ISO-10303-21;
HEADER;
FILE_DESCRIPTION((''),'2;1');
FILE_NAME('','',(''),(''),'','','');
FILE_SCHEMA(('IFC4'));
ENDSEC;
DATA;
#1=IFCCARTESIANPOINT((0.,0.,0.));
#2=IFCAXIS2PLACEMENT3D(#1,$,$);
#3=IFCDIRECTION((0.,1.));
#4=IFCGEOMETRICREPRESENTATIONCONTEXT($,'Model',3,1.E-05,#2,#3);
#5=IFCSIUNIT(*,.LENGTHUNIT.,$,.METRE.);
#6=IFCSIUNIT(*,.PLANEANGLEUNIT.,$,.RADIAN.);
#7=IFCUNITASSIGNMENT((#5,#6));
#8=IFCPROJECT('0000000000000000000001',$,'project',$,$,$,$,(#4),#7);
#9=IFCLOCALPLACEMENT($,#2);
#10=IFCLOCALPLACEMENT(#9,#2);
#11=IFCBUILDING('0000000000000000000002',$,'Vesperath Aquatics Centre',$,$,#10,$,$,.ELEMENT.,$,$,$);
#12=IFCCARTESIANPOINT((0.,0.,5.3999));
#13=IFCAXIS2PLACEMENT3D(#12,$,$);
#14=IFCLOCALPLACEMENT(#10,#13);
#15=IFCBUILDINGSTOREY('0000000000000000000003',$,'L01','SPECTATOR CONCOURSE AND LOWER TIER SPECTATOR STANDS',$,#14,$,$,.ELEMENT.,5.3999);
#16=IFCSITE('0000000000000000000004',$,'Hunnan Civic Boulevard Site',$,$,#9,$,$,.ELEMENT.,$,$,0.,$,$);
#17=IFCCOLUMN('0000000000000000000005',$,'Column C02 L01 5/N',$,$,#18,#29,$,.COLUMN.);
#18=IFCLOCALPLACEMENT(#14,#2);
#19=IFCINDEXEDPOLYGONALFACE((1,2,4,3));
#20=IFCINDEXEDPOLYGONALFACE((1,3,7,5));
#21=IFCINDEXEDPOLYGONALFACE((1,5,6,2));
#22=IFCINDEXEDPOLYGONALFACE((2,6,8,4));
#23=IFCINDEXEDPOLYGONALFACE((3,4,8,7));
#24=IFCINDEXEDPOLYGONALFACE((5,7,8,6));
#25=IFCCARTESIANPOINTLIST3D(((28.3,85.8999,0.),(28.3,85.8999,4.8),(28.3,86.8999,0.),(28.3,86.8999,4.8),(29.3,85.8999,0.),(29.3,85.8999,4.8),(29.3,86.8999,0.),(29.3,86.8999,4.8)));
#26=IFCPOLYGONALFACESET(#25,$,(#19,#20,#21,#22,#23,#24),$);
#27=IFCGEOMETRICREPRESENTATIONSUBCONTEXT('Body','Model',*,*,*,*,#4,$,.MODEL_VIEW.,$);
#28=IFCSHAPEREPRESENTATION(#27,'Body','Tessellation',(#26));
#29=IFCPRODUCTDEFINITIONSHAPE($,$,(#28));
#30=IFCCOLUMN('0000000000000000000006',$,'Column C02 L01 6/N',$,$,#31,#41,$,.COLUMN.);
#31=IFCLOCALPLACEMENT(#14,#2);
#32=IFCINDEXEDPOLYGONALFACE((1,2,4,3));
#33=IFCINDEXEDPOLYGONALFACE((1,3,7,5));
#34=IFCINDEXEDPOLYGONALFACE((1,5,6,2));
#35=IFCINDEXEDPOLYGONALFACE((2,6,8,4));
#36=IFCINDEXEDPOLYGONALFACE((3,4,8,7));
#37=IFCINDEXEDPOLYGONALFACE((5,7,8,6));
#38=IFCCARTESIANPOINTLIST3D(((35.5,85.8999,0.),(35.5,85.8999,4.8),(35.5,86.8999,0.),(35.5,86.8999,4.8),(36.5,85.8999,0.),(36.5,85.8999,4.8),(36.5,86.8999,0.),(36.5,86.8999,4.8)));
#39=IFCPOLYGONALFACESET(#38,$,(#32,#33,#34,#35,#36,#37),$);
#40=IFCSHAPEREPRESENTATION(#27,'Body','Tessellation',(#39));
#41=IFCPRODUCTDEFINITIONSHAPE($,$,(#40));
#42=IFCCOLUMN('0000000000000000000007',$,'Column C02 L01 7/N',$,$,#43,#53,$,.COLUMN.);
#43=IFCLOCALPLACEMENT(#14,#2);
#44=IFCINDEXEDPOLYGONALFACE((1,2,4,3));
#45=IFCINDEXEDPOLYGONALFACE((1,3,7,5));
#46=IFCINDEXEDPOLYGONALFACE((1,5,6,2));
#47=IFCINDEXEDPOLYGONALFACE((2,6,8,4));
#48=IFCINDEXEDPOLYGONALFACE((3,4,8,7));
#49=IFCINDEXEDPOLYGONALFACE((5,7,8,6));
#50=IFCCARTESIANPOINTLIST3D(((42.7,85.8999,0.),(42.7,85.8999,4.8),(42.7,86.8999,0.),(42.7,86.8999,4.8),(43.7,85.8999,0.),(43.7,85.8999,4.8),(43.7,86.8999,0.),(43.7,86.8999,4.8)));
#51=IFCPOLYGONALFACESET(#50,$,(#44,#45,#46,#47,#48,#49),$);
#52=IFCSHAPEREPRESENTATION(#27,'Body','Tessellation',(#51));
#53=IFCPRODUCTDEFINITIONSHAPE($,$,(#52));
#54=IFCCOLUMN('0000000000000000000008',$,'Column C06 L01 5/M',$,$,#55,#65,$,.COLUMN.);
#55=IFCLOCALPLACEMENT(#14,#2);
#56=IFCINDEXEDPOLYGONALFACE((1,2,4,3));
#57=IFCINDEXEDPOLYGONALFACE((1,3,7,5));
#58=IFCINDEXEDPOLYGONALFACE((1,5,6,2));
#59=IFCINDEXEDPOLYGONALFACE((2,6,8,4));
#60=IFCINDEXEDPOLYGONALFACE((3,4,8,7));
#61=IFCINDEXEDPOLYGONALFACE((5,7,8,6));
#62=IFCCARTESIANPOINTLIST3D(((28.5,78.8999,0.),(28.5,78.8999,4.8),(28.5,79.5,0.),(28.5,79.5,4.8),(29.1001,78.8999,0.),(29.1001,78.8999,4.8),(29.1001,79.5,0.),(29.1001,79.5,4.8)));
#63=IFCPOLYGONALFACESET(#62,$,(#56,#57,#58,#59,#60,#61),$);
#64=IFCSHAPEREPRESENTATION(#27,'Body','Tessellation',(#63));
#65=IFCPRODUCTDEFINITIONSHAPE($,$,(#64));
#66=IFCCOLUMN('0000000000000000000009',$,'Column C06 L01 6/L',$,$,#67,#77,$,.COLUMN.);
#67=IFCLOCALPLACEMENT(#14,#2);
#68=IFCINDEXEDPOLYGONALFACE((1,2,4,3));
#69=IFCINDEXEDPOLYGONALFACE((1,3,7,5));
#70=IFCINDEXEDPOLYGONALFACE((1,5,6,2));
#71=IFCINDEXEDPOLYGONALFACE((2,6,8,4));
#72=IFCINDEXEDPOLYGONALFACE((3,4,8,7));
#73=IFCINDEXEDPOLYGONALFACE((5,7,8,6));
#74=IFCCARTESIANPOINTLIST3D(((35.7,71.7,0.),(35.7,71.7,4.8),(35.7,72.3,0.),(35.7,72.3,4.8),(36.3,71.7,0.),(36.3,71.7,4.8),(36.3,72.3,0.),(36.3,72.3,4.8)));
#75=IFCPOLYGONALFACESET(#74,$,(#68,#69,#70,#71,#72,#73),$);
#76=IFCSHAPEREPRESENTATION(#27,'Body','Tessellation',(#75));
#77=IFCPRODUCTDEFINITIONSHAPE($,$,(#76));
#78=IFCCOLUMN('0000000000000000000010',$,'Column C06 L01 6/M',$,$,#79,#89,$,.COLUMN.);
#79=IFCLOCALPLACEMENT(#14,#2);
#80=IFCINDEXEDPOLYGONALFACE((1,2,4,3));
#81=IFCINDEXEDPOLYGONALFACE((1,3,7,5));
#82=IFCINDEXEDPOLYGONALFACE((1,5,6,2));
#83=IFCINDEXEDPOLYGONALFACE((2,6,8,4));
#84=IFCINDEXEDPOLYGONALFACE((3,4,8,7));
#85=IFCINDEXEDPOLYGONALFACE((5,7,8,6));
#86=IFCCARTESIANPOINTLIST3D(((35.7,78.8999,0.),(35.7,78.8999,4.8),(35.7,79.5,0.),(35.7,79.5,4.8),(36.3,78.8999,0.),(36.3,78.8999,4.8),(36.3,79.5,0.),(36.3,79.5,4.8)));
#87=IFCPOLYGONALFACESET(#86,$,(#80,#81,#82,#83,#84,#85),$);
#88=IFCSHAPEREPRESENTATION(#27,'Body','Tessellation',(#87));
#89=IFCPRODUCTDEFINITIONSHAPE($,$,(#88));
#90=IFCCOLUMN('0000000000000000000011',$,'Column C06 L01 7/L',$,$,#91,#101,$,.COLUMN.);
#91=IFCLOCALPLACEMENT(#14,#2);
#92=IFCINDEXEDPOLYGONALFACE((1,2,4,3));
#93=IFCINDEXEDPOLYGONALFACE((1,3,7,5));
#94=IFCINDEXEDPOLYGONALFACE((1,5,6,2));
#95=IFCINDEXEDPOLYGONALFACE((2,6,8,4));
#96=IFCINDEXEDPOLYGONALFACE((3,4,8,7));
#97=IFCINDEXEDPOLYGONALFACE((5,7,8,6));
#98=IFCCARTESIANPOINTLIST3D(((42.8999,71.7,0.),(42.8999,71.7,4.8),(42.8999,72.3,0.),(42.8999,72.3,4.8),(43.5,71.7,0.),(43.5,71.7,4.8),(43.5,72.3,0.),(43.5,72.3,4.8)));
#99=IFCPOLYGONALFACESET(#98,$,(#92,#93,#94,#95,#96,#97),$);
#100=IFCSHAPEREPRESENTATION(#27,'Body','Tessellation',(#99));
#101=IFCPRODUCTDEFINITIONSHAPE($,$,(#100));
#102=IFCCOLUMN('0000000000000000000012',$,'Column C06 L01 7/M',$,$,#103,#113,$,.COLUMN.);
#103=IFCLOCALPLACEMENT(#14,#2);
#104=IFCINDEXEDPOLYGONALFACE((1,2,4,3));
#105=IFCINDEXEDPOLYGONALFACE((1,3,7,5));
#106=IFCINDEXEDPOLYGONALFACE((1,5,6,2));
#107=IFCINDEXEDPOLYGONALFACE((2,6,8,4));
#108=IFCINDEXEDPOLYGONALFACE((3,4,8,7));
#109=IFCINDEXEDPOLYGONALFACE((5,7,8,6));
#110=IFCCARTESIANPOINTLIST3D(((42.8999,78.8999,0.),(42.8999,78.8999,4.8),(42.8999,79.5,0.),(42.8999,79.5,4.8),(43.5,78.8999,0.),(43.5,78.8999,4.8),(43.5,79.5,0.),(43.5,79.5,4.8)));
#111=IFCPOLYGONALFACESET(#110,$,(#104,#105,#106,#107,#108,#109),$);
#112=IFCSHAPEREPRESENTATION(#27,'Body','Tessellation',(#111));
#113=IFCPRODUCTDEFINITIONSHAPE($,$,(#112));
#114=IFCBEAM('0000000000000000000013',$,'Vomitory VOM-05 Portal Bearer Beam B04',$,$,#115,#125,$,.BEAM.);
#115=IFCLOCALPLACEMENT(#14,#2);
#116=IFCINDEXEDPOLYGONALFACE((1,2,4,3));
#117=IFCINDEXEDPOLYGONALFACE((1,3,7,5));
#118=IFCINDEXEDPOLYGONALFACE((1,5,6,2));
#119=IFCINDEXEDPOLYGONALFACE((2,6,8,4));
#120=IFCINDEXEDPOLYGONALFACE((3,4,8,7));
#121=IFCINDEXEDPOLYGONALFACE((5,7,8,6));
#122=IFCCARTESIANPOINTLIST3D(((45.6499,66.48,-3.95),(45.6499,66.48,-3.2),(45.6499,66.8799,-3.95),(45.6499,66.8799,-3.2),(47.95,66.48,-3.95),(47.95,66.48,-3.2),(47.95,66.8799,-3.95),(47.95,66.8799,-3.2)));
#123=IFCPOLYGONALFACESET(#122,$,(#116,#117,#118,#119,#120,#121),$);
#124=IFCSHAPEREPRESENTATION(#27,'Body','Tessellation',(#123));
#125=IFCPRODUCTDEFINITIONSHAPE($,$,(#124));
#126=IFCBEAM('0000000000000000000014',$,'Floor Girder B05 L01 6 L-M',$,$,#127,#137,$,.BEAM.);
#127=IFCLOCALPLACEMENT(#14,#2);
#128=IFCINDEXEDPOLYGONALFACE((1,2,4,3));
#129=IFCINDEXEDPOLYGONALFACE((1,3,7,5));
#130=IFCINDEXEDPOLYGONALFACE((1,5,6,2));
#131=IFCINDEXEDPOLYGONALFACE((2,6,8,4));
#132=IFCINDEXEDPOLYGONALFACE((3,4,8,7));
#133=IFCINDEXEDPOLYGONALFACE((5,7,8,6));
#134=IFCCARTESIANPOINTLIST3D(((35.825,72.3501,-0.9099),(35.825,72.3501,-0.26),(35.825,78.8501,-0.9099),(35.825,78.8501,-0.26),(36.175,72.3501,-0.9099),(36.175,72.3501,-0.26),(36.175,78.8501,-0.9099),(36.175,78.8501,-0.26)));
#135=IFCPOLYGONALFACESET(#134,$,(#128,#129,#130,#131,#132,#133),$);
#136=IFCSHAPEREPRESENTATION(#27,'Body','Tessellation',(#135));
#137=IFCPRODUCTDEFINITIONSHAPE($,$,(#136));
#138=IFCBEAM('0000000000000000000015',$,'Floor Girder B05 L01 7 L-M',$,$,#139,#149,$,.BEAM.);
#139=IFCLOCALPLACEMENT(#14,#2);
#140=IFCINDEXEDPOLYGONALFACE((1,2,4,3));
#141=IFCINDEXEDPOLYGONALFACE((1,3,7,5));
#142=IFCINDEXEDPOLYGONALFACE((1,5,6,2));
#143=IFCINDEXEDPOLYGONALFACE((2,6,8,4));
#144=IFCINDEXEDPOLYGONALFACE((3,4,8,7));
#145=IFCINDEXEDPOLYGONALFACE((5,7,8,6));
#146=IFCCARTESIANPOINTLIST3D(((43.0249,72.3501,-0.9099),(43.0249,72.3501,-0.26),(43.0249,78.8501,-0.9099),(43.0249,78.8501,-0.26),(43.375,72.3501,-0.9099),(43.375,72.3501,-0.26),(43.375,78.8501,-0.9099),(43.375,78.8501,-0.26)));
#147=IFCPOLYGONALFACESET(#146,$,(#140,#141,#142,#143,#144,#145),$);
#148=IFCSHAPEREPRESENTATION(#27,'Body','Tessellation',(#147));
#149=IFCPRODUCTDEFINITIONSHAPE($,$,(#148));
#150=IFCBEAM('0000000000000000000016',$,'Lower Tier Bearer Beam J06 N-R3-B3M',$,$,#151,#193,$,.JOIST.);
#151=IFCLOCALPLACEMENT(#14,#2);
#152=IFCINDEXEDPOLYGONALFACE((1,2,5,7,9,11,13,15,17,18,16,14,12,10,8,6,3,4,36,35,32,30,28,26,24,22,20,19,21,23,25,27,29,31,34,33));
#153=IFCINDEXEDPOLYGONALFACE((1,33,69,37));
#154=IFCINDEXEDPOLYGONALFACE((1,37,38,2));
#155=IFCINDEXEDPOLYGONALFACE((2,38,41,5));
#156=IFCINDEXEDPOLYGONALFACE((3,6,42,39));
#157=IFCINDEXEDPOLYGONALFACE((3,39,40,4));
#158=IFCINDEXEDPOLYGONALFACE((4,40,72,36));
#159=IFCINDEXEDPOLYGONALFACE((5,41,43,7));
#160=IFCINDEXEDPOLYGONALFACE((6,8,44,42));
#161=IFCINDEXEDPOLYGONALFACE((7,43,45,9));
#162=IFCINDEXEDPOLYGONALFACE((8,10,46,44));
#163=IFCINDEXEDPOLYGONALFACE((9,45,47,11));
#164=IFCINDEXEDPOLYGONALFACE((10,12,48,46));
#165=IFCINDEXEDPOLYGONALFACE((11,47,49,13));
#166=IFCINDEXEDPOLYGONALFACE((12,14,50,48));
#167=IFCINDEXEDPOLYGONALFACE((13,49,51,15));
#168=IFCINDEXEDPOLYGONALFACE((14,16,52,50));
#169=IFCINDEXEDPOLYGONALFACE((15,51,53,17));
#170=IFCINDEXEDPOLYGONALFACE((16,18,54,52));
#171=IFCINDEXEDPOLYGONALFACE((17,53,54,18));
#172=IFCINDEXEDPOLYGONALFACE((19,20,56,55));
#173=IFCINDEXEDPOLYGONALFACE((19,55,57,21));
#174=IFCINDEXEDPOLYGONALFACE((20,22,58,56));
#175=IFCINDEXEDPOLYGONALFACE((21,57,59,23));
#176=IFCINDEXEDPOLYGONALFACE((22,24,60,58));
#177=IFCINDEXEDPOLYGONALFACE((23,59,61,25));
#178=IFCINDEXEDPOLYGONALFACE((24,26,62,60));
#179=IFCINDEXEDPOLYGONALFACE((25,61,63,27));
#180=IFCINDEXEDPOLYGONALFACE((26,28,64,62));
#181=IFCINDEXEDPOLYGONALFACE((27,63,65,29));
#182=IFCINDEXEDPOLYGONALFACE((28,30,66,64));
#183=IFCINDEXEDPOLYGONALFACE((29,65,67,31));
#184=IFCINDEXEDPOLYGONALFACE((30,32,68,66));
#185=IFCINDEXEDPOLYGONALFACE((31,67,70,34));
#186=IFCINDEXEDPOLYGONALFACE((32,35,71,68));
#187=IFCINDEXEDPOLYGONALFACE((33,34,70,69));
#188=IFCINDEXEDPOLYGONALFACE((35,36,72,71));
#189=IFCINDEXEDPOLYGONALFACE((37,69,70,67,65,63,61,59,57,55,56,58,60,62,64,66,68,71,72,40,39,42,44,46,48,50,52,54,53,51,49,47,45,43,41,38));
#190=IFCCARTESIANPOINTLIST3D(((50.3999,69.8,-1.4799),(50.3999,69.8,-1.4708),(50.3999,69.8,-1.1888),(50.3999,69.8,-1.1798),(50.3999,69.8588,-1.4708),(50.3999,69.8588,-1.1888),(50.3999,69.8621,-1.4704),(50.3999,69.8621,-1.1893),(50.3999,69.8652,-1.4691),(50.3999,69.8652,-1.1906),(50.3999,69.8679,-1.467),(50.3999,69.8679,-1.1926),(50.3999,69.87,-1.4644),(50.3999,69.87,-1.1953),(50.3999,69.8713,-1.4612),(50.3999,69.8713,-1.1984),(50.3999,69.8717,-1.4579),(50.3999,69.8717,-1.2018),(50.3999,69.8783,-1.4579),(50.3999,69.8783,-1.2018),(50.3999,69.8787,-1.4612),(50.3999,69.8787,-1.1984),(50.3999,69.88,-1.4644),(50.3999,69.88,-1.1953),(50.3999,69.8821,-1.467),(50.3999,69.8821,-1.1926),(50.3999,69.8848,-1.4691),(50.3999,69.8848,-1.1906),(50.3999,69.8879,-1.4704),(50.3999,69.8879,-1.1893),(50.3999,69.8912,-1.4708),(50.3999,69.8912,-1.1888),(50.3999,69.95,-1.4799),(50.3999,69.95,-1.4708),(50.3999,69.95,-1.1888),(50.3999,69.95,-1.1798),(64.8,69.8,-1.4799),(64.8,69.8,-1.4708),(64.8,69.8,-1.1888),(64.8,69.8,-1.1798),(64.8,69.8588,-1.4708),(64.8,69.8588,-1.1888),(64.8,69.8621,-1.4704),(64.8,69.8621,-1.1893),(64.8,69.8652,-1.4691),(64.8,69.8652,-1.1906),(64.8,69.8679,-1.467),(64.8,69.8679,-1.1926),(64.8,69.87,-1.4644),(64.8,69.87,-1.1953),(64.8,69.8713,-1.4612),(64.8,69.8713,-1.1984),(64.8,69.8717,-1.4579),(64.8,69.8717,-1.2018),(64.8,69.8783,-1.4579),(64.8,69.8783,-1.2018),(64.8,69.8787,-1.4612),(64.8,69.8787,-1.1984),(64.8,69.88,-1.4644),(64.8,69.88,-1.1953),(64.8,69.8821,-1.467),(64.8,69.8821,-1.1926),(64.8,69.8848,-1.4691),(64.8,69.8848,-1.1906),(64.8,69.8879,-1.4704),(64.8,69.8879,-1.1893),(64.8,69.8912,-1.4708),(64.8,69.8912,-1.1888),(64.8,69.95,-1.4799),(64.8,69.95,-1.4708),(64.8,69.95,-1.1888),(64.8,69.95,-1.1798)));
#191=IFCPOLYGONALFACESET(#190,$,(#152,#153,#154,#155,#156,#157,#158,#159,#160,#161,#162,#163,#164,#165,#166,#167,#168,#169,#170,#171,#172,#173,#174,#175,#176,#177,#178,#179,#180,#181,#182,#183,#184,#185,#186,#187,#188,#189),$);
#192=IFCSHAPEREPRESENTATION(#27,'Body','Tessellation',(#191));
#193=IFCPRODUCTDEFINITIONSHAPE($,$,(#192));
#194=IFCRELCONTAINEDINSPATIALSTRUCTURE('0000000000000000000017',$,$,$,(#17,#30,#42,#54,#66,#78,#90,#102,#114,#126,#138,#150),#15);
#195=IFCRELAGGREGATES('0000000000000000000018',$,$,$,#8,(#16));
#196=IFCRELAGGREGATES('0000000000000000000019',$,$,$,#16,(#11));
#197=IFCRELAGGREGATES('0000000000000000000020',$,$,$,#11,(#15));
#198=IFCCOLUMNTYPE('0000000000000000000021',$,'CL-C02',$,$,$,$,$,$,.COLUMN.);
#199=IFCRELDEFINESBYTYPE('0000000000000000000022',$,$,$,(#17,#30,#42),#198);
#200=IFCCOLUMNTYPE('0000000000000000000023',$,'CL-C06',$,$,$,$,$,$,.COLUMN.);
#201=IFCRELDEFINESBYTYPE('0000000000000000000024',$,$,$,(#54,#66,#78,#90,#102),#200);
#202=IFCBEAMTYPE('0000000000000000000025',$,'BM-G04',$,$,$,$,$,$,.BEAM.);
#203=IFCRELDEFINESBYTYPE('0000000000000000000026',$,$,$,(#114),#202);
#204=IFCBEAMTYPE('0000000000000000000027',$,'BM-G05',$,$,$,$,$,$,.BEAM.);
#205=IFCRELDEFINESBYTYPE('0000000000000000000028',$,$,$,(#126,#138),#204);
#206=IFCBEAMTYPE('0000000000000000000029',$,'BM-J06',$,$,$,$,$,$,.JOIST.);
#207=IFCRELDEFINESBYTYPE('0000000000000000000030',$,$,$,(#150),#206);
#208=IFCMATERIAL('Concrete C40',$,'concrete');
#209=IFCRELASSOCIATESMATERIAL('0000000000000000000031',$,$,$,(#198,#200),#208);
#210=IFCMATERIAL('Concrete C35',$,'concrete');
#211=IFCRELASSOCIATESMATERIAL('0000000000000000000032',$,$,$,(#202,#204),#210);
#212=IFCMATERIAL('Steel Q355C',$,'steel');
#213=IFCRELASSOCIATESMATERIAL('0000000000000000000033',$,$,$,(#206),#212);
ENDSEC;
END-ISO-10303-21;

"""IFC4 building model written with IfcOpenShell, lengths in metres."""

from ifc_helpers import new_model, si_unit, direction, frame, origin, origin_2d, place, context, subcontext, project, spatial, rectangle, i_section, extrude, material, material_profile, profile_set, type_object, element, save


model = new_model("IFC4")

# Units and contexts
model_context = context("Model", 3, precision=1e-05, world=origin(), true_north=direction((0.0, 1.0)))
body_context = subcontext(model_context, "Body", "Model", "MODEL_VIEW")
ifc_project = project(units=[si_unit("LENGTHUNIT", "METRE"), si_unit("PLANEANGLEUNIT", "RADIAN")], contexts=[model_context])

# Site, building, storey
site_placement = place(None, origin())
site = spatial("IfcSite", under=ifc_project, at=site_placement, Name="Hunnan Civic Boulevard Site", CompositionType="ELEMENT", RefElevation=0.0)
building_placement = place(site_placement, origin())
building = spatial("IfcBuilding", under=site, at=building_placement, Name="Vesperath Aquatics Centre", CompositionType="ELEMENT")
storey_placement = place(building_placement, frame((0.0, 0.0, 5.3999)))
storey = spatial("IfcBuildingStorey", under=building, at=storey_placement, Name="L01", Description="SPECTATOR CONCOURSE AND LOWER TIER SPECTATOR STANDS", CompositionType="ELEMENT", Elevation=5.3999)

# Columns
ifc_material_1 = material(Name="Concrete C40", Category="concrete")
ifc_material_profile_1 = material_profile(ifc_material_1, rectangle(XDim=1.0, YDim=1.0, at=origin_2d()), Name="RC 1000x1000")
ifc_profile_set_1 = profile_set([ifc_material_profile_1], Name="Concrete C40")
column_type_1 = type_object("IfcColumnType", Name="CL-C02", PredefinedType="COLUMN", material=ifc_profile_set_1)
for number, where, z_axis, x_axis, name in (
    (1, (28.8, 86.3999, 0.0), (0.0, 0.0, 1.0), (1.0, 0.0, 0.0), "Column C02 L01 5/N"),
    (2, (36.0, 86.3999, 0.0), (0.0, 0.0, 1.0), (1.0, 0.0, 0.0), "Column C02 L01 6/N"),
    (3, (43.2, 86.3999, 0.0), (0.0, 0.0, 1.0), (1.0, 0.0, 0.0), "Column C02 L01 7/N"),
):
    element("IfcColumn", number, at=place(storey_placement, frame(where, z_axis=z_axis, x_axis=x_axis)), inside=storey, type_object=column_type_1, Name=name, PredefinedType="COLUMN", context=body_context, shape_type="SweptSolid", body=[
        extrude(rectangle(XDim=1.0, YDim=1.0, at=origin_2d()), origin(), (0.0, 0.0, 1.0), 4.8),
    ])
ifc_material_profile_2 = material_profile(ifc_material_1, rectangle(XDim=0.6001, YDim=0.6001, at=origin_2d()), Name="RC 600x600")
ifc_profile_set_2 = profile_set([ifc_material_profile_2], Name="Concrete C40")
column_type_2 = type_object("IfcColumnType", Name="CL-C06", PredefinedType="COLUMN", material=ifc_profile_set_2)
for number, where, z_axis, x_axis, name in (
    (4, (28.8, 79.2, 0.0), (0.0, 0.0, 1.0), (1.0, 0.0, 0.0), "Column C06 L01 5/M"),
    (5, (36.0, 72.0, 0.0), (0.0, 0.0, 1.0), (1.0, 0.0, 0.0), "Column C06 L01 6/L"),
    (6, (36.0, 79.2, 0.0), (0.0, 0.0, 1.0), (1.0, 0.0, 0.0), "Column C06 L01 6/M"),
    (7, (43.2, 72.0, 0.0), (0.0, 0.0, 1.0), (1.0, 0.0, 0.0), "Column C06 L01 7/L"),
    (8, (43.2, 79.2, 0.0), (0.0, 0.0, 1.0), (1.0, 0.0, 0.0), "Column C06 L01 7/M"),
):
    element("IfcColumn", number, at=place(storey_placement, frame(where, z_axis=z_axis, x_axis=x_axis)), inside=storey, type_object=column_type_2, Name=name, PredefinedType="COLUMN", context=body_context, shape_type="SweptSolid", body=[
        extrude(rectangle(XDim=0.6001, YDim=0.6001, at=origin_2d()), origin(), (0.0, 0.0, 1.0), 4.8),
    ])

# Beams
ifc_material_2 = material(Name="Concrete C35", Category="concrete")
ifc_material_profile_3 = material_profile(ifc_material_2, rectangle(XDim=0.3999, YDim=0.75, at=origin_2d()), Name="RC 400x750")
ifc_profile_set_3 = profile_set([ifc_material_profile_3], Name="Concrete C35")
beam_type_1 = type_object("IfcBeamType", Name="BM-G04", PredefinedType="BEAM", material=ifc_profile_set_3)
beam_placement = place(storey_placement, frame((45.6499, 66.6799, -3.575), z_axis=(1.0, 0.0, 0.0), x_axis=(0.0, 1.0, 0.0)))
element("IfcBeam", 9, at=beam_placement, inside=storey, type_object=beam_type_1, Name="Vomitory VOM-05 Portal Bearer Beam B04", PredefinedType="BEAM", context=body_context, shape_type="SweptSolid", body=[
    extrude(rectangle(XDim=0.3999, YDim=0.75, at=origin_2d()), origin(), (0.0, 0.0, 1.0), 2.3),
])
ifc_material_profile_4 = material_profile(ifc_material_2, rectangle(XDim=0.3501, YDim=0.6499, at=origin_2d()), Name="RC 350x650")
ifc_profile_set_4 = profile_set([ifc_material_profile_4], Name="Concrete C35")
beam_type_2 = type_object("IfcBeamType", Name="BM-G05", PredefinedType="BEAM", material=ifc_profile_set_4)
for number, where, z_axis, x_axis, name in (
    (10, (36.0, 72.3501, -0.585), (0.0, 1.0, 0.0), (-1.0, 0.0, 0.0), "Floor Girder B05 L01 6 L-M"),
    (11, (43.2, 72.3501, -0.585), (0.0, 1.0, 0.0), (-1.0, 0.0, 0.0), "Floor Girder B05 L01 7 L-M"),
):
    element("IfcBeam", number, at=place(storey_placement, frame(where, z_axis=z_axis, x_axis=x_axis)), inside=storey, type_object=beam_type_2, Name=name, PredefinedType="BEAM", context=body_context, shape_type="SweptSolid", body=[
        extrude(rectangle(XDim=0.3501, YDim=0.6499, at=origin_2d()), origin(), (0.0, 0.0, 1.0), 6.5),
    ])
ifc_material_3 = material(Name="Steel Q355C", Category="steel")
ifc_material_profile_5 = material_profile(ifc_material_3, i_section(OverallWidth=0.1499, OverallDepth=0.3, WebThickness=0.0066, FlangeThickness=0.009, FilletRadius=0.0129, at=origin_2d()), Name="HN 300x150x6.5x9")
ifc_profile_set_5 = profile_set([ifc_material_profile_5], Name="Steel Q355C")
beam_type_3 = type_object("IfcBeamType", Name="BM-J06", PredefinedType="JOIST", material=ifc_profile_set_5)
for number, where, z_axis, x_axis, name in (
    (12, (50.3999, 69.875, -1.3298), (1.0, 0.0, 0.0), (0.0, 1.0, 0.0), "Lower Tier Bearer Beam J06 N-R3-B3M"),
):
    element("IfcBeam", number, at=place(storey_placement, frame(where, z_axis=z_axis, x_axis=x_axis)), inside=storey, type_object=beam_type_3, Name=name, PredefinedType="JOIST", context=body_context, shape_type="SweptSolid", body=[
        extrude(i_section(OverallWidth=0.1499, OverallDepth=0.3, WebThickness=0.0066, FlangeThickness=0.009, FilletRadius=0.0129, at=origin_2d()), origin(), (0.0, 0.0, 1.0), 14.4001),
    ])

save(model, "model.ifc")
